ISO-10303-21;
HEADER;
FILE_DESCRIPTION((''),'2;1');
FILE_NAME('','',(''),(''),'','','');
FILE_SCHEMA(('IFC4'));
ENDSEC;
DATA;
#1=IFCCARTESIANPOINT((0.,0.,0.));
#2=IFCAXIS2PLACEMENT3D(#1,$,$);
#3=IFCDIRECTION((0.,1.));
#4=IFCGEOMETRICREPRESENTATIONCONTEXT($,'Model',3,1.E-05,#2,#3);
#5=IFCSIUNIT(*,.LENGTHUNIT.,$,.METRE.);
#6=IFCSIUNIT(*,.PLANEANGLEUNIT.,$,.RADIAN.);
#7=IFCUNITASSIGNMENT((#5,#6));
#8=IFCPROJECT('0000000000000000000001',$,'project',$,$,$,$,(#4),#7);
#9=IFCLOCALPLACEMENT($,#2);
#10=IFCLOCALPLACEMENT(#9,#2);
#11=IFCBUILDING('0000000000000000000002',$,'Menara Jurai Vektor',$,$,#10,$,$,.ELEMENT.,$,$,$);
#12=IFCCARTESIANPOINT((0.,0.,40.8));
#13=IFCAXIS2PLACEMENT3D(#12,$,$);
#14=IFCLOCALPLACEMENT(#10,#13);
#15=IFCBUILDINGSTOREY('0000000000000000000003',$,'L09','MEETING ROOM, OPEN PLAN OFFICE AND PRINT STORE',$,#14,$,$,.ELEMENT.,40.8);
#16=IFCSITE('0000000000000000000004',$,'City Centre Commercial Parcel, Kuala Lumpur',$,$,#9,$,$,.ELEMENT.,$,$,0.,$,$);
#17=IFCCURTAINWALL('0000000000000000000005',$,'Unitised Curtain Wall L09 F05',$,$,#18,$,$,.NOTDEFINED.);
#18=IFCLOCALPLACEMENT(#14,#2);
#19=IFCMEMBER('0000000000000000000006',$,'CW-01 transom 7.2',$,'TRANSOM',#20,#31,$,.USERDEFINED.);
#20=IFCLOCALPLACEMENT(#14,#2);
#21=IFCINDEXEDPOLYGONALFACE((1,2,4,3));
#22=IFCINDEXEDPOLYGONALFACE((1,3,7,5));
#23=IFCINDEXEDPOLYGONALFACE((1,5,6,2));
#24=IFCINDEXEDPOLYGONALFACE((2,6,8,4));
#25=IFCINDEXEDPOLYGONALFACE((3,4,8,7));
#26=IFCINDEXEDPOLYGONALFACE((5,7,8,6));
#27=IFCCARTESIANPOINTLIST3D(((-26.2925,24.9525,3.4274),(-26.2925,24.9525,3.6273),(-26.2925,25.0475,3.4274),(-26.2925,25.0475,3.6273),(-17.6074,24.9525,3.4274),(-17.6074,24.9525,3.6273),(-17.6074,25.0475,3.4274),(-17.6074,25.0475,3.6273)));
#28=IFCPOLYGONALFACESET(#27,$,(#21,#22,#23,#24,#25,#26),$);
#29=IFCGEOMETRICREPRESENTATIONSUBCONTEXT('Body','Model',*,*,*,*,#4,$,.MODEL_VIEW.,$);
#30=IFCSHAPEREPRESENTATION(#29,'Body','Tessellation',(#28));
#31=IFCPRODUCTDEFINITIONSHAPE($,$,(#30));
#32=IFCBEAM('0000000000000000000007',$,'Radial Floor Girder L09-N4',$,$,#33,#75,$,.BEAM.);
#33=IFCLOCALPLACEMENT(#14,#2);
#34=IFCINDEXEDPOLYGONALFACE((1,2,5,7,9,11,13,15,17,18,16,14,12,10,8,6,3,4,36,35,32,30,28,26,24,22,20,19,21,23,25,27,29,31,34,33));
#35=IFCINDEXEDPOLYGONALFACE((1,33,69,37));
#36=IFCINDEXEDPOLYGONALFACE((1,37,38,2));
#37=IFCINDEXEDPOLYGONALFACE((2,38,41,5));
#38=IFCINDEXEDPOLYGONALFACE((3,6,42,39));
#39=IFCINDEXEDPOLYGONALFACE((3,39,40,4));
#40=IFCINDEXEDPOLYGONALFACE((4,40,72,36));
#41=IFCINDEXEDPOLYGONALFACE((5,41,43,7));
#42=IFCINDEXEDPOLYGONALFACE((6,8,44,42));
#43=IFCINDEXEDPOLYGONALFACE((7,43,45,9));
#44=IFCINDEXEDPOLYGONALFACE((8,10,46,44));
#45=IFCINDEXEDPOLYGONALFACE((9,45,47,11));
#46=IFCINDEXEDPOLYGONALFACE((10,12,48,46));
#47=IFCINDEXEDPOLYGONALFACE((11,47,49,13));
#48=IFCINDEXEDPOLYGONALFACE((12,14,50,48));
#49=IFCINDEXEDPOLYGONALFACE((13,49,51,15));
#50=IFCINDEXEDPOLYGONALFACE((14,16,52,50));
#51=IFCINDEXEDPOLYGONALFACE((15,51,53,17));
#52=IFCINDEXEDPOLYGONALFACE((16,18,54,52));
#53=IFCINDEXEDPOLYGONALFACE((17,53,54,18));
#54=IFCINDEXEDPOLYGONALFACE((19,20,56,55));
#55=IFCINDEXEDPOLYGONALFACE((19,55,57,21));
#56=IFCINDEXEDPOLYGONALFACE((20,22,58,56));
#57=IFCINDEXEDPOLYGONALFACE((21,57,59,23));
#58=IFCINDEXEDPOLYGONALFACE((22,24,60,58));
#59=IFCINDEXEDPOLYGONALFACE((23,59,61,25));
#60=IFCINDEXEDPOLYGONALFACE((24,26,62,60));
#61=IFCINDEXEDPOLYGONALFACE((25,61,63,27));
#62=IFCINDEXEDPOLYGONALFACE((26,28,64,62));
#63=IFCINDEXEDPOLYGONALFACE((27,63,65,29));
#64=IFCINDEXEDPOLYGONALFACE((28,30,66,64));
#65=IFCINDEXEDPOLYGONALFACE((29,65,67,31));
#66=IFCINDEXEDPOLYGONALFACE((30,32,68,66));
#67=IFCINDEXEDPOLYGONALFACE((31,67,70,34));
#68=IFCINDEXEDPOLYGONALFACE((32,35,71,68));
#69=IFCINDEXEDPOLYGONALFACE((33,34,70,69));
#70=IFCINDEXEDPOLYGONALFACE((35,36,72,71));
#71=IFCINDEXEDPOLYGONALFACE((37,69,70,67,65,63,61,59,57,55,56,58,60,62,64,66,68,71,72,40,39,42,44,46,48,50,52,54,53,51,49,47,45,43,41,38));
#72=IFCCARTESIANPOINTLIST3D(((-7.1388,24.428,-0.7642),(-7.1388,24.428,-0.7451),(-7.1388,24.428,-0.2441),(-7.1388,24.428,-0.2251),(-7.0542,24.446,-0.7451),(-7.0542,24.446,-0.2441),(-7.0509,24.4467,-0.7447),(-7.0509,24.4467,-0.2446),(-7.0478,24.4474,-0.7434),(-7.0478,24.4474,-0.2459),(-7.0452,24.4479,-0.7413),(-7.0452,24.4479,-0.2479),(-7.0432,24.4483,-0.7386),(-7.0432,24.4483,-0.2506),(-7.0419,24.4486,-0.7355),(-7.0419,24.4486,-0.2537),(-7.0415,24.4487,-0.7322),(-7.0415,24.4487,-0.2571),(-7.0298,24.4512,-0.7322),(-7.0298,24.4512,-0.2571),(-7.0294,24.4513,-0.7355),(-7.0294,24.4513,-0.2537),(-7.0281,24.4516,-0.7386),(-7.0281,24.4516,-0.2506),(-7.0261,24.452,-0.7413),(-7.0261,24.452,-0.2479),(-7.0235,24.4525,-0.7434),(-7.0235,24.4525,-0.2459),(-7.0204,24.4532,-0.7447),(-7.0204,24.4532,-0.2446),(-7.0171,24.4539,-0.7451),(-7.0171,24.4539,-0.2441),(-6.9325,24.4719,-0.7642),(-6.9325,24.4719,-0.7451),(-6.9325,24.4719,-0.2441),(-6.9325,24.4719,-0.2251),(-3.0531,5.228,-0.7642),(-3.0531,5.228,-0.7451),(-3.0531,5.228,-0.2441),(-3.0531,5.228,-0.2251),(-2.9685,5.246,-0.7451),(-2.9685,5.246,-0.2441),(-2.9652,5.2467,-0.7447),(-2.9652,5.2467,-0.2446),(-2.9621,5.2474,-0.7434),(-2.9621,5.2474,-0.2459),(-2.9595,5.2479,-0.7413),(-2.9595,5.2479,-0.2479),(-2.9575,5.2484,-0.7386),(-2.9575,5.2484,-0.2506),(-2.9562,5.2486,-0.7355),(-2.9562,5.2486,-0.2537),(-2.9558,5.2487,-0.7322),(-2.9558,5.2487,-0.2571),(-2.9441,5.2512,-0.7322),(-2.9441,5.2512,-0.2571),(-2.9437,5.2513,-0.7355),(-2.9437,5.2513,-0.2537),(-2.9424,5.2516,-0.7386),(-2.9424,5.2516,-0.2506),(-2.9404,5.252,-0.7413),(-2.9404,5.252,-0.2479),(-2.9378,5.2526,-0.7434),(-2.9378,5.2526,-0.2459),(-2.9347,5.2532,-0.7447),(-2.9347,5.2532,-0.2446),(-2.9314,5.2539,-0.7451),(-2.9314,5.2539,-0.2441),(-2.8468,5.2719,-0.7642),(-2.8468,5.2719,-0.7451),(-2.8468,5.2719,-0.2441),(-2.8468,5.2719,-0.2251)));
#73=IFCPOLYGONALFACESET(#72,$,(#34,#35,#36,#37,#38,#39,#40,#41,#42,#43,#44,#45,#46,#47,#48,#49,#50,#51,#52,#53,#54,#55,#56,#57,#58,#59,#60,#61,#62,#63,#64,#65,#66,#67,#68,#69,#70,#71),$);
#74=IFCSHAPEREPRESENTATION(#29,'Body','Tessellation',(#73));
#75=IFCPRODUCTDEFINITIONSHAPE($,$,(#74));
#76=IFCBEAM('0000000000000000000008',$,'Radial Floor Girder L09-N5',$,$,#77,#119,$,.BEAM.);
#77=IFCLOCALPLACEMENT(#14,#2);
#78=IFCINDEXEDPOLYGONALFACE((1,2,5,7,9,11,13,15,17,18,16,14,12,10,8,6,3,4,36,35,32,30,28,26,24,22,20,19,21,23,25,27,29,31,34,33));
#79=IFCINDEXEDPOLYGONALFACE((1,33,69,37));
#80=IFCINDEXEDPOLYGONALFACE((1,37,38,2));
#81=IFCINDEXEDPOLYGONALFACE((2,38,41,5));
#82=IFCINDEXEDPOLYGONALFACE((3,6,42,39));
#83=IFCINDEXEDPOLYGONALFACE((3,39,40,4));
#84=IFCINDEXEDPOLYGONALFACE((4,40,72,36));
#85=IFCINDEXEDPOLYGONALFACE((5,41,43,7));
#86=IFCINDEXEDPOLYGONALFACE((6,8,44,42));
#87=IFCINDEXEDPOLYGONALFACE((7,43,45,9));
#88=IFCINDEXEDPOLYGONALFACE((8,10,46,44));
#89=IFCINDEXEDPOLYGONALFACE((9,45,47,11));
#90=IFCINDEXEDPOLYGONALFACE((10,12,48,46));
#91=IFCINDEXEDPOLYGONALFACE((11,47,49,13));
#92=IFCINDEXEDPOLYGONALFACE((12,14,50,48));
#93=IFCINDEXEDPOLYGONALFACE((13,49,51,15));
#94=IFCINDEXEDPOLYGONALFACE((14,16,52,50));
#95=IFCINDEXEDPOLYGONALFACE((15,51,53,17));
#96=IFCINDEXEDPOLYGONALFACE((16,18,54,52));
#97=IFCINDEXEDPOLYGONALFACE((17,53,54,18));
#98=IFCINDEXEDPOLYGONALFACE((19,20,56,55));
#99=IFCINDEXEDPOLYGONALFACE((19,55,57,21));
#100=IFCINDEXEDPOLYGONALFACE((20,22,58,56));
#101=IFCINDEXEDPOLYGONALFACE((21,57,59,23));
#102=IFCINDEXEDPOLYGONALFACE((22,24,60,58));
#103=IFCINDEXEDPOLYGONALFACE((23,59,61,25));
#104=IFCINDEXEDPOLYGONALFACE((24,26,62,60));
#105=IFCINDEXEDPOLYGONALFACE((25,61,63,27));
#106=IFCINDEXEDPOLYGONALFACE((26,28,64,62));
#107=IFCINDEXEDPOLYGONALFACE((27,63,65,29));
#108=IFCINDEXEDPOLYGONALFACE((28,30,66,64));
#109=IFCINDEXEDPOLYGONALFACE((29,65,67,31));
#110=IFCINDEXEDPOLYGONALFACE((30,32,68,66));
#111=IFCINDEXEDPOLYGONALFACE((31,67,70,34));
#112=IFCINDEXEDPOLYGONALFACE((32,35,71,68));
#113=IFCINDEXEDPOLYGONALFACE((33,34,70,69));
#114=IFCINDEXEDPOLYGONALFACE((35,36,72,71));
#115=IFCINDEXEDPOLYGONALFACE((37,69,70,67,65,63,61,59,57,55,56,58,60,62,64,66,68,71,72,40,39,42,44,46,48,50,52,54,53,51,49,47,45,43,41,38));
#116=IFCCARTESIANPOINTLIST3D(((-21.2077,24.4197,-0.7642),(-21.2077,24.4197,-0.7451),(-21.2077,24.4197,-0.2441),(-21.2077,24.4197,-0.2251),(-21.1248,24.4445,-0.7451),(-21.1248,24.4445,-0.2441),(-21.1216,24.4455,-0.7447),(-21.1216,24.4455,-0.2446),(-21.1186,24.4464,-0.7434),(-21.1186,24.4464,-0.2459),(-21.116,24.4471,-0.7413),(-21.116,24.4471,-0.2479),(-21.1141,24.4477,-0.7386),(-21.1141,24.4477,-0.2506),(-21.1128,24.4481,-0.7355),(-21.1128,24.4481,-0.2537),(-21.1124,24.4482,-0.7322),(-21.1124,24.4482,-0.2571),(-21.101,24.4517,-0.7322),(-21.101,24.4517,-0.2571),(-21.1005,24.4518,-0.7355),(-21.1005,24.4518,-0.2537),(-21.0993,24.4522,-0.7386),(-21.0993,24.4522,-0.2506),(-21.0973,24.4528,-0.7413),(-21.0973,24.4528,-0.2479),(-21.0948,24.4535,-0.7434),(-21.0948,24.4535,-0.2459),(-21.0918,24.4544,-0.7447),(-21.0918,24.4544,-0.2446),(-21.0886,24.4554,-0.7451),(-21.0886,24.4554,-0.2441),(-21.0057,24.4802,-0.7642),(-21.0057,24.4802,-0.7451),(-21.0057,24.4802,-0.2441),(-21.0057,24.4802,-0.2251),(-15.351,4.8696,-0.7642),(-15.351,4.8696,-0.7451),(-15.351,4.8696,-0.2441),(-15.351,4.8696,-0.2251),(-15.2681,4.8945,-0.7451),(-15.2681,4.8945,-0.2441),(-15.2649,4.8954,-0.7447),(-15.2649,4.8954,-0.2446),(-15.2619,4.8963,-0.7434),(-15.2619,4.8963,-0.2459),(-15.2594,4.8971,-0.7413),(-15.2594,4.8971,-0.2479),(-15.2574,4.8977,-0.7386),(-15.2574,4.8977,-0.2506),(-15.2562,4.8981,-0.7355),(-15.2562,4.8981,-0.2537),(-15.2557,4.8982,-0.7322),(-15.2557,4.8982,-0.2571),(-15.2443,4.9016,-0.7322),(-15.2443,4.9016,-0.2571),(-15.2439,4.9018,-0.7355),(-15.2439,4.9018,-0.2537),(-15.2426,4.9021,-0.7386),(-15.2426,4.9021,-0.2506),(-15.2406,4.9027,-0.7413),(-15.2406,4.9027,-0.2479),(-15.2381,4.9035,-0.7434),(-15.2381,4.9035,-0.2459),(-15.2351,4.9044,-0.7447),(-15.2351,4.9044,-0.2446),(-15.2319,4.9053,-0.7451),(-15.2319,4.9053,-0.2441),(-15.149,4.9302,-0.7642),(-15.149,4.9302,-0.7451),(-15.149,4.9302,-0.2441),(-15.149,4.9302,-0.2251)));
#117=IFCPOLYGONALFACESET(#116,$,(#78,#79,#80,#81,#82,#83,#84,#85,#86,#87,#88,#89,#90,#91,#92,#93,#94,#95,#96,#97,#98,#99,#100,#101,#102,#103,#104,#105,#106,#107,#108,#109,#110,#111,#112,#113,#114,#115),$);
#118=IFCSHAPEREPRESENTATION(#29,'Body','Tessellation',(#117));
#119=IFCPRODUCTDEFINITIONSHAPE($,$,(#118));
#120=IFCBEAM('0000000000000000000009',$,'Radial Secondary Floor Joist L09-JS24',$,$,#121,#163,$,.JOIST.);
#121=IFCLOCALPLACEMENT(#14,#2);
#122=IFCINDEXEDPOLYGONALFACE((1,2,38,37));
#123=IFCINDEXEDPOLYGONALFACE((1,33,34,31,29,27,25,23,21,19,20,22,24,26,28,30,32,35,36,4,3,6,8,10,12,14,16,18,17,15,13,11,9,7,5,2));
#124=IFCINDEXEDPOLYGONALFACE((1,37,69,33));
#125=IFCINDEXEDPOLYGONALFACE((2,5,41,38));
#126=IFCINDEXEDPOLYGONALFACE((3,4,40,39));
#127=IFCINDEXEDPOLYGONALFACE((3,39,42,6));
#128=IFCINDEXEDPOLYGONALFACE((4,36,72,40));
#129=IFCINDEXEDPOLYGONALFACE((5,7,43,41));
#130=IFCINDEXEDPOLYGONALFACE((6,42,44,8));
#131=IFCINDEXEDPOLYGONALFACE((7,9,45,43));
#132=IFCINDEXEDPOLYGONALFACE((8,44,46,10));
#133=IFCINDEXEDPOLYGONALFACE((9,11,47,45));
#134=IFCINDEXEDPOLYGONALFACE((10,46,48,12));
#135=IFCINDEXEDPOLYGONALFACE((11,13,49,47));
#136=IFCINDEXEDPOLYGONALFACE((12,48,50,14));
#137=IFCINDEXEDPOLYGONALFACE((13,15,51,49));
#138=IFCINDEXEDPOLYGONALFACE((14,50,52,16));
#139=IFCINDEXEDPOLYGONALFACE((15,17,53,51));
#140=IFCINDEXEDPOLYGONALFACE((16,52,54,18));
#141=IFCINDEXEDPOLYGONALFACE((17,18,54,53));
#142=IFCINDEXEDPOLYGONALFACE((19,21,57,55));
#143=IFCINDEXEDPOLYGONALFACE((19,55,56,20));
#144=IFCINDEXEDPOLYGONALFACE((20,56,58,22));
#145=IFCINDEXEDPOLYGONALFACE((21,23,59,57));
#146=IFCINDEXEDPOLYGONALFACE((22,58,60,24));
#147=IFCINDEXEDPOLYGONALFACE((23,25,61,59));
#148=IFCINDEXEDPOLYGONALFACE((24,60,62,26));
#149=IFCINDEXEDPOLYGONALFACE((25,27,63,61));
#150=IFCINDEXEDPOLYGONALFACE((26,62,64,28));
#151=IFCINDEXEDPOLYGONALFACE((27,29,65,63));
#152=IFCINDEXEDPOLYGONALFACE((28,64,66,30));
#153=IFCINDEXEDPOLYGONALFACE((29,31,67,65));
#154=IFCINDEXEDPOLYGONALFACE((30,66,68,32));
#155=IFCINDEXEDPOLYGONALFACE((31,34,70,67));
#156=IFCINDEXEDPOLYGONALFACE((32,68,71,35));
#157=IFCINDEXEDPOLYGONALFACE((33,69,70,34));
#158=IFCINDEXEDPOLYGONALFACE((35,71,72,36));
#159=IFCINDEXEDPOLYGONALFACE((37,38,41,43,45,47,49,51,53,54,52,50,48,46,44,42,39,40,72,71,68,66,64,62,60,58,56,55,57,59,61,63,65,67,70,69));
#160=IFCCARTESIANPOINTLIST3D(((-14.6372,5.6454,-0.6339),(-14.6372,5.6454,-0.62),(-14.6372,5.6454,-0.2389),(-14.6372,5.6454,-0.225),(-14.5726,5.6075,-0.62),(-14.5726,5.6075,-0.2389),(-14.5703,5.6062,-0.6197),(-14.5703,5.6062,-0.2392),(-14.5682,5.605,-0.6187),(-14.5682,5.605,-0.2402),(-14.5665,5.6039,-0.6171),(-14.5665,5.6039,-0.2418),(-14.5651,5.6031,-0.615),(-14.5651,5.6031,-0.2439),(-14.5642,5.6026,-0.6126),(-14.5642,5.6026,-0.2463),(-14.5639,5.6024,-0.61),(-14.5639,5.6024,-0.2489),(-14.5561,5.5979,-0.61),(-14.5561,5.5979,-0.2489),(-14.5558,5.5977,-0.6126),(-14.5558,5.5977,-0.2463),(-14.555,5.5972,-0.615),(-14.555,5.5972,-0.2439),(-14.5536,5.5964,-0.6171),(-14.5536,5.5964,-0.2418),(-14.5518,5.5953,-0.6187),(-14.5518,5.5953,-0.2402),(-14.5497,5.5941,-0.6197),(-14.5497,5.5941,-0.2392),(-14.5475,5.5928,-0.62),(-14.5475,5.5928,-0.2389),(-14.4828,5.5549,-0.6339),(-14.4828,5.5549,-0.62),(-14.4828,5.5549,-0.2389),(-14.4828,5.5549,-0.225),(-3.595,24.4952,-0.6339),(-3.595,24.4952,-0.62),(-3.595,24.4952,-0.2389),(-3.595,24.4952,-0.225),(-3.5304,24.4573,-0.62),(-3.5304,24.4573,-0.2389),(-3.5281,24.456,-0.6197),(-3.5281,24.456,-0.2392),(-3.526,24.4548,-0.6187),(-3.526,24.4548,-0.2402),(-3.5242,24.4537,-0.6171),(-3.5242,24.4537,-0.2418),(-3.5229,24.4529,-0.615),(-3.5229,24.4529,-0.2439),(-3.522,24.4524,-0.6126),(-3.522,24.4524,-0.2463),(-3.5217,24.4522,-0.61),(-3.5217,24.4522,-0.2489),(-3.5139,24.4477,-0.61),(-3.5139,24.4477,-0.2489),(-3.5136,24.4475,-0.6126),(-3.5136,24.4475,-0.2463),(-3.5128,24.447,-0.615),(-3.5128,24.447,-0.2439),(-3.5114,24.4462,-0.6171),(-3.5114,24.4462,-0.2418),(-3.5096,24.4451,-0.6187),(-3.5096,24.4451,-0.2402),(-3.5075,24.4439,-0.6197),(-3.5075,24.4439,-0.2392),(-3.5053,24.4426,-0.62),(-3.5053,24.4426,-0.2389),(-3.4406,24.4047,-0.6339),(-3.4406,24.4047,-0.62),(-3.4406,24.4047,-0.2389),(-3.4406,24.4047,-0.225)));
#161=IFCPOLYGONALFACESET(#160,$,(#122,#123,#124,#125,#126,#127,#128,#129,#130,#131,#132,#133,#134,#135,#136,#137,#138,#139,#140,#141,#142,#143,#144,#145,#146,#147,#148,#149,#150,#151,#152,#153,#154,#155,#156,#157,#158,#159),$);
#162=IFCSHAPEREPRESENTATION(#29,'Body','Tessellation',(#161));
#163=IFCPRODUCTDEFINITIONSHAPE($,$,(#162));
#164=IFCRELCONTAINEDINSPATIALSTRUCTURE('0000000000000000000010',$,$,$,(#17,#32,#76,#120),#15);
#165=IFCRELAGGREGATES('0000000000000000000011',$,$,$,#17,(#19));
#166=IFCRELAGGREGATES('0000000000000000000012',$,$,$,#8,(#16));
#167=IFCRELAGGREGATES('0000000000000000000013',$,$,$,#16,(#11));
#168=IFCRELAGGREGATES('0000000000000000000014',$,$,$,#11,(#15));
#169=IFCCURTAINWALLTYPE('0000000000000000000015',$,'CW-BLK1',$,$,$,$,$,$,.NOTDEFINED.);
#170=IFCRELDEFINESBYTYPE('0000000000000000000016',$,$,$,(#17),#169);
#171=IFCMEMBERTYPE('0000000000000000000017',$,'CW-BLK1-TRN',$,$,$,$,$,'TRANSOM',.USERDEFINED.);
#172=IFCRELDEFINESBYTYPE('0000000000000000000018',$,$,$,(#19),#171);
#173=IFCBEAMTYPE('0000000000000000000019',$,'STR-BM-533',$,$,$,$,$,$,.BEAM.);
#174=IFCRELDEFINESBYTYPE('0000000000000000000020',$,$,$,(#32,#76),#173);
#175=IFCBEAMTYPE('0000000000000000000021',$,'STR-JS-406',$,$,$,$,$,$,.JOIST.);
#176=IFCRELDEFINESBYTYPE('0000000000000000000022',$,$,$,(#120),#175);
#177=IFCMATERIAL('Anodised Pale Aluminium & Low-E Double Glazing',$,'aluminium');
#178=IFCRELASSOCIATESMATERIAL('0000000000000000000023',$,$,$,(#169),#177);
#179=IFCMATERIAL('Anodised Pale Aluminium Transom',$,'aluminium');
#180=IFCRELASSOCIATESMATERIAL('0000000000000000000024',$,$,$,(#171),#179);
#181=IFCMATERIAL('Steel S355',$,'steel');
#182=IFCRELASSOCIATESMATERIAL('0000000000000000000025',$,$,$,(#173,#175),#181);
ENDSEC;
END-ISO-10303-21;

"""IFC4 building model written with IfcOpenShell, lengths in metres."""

from ifc_helpers import new_model, si_unit, direction, frame, origin, origin_2d, place, context, subcontext, project, spatial, rectangle, i_section, extrude, material, material_profile, profile_set, type_object, element, aggregate, save


model = new_model("IFC4")

# Units and contexts
model_context = context("Model", 3, precision=1e-05, world=origin(), true_north=direction((0.0, 1.0)))
body_context = subcontext(model_context, "Body", "Model", "MODEL_VIEW")
ifc_project = project(units=[si_unit("LENGTHUNIT", "METRE"), si_unit("PLANEANGLEUNIT", "RADIAN")], contexts=[model_context])

# Site, building, storey
site_placement = place(None, origin())
site = spatial("IfcSite", under=ifc_project, at=site_placement, Name="City Centre Commercial Parcel, Kuala Lumpur", CompositionType="ELEMENT", RefElevation=0.0)
building_placement = place(site_placement, origin())
building = spatial("IfcBuilding", under=site, at=building_placement, Name="Menara Jurai Vektor", CompositionType="ELEMENT")
storey_placement = place(building_placement, frame((0.0, 0.0, 40.8)))
storey = spatial("IfcBuildingStorey", under=building, at=storey_placement, Name="L09", Description="MEETING ROOM, OPEN PLAN OFFICE AND PRINT STORE", CompositionType="ELEMENT", Elevation=40.8)

# Curtain wall, member
ifc_material_1 = material(Name="Anodised Pale Aluminium & Low-E Double Glazing", Category="aluminium")
curtain_wall_type = type_object("IfcCurtainWallType", Name="CW-BLK1", PredefinedType="NOTDEFINED", material=ifc_material_1)
curtain_wall_placement = place(storey_placement, origin())
curtain_wall = element("IfcCurtainWall", 1, at=curtain_wall_placement, inside=storey, type_object=curtain_wall_type, Name="Unitised Curtain Wall L09 F05", PredefinedType="NOTDEFINED")
ifc_material_2 = material(Name="Anodised Pale Aluminium Transom", Category="aluminium")
ifc_material_profile_1 = material_profile(ifc_material_2, rectangle(XDim=0.095, YDim=0.2, at=origin_2d()), Name="ALU TRN 95x200")
ifc_profile_set_1 = profile_set([ifc_material_profile_1], Name="Anodised Pale Aluminium Transom")
member_type_1 = type_object("IfcMemberType", Name="CW-BLK1-TRN", ElementType="TRANSOM", PredefinedType="USERDEFINED", material=ifc_profile_set_1)
member_1_placement = place(storey_placement, frame((-17.6074, 25.0, 3.5273), z_axis=(-1.0, 0.0, 0.0), x_axis=(0.0, -1.0, 0.0)))
member_1 = element("IfcMember", 2, at=member_1_placement, type_object=member_type_1, Name="CW-01 transom 7.2", ObjectType="TRANSOM", PredefinedType="USERDEFINED", context=body_context, shape_type="SweptSolid", body=[
    extrude(rectangle(XDim=0.095, YDim=0.2, at=origin_2d()), origin(), (0.0, 0.0, 1.0), 8.6851),
])

# Beams
ifc_material_3 = material(Name="Steel S355", Category="steel")
ifc_material_profile_2 = material_profile(ifc_material_3, i_section(OverallWidth=0.2109, OverallDepth=0.5391, WebThickness=0.012, FlangeThickness=0.019, FilletRadius=0.0129, at=origin_2d()), Name="UKB 533x210x109")
ifc_profile_set_2 = profile_set([ifc_material_profile_2], Name="Steel S355")
beam_type_1 = type_object("IfcBeamType", Name="STR-BM-533", PredefinedType="BEAM", material=ifc_profile_set_2)
beam_1_placement = place(storey_placement, frame((-7.0356, 24.45, -0.4946), z_axis=(0.208137, -0.9781, 0.0), x_axis=(0.9781, 0.208137, 0.0)))
element("IfcBeam", 3, at=beam_1_placement, inside=storey, type_object=beam_type_1, Name="Radial Floor Girder L09-N4", PredefinedType="BEAM", context=body_context, shape_type="SweptSolid", body=[
    extrude(i_section(OverallWidth=0.2109, OverallDepth=0.5391, WebThickness=0.012, FlangeThickness=0.019, FilletRadius=0.0129, at=origin_2d()), origin(), (0.0, 0.0, 1.0), 19.6299),
])
beam_2_placement = place(storey_placement, frame((-21.1067, 24.45, -0.4946), z_axis=(0.286974, -0.957938, 0.0), x_axis=(0.957938, 0.286974, 0.0)))
element("IfcBeam", 4, at=beam_2_placement, inside=storey, type_object=beam_type_1, Name="Radial Floor Girder L09-N5", PredefinedType="BEAM", context=body_context, shape_type="SweptSolid", body=[
    extrude(i_section(OverallWidth=0.2109, OverallDepth=0.5391, WebThickness=0.012, FlangeThickness=0.019, FilletRadius=0.0129, at=origin_2d()), origin(), (0.0, 0.0, 1.0), 20.4084),
])
ifc_material_profile_3 = material_profile(ifc_material_3, i_section(OverallWidth=0.179, OverallDepth=0.4089, WebThickness=0.009, FlangeThickness=0.0139, FilletRadius=0.01, at=origin_2d()), Name="UKB 406x178x67")
ifc_profile_set_3 = profile_set([ifc_material_profile_3], Name="Steel S355")
beam_type_2 = type_object("IfcBeamType", Name="STR-JS-406", PredefinedType="JOIST", material=ifc_profile_set_3)
beam_3_placement = place(storey_placement, frame((-3.5178, 24.45, -0.4294), z_axis=(-0.505458, -0.862851, 0.0), x_axis=(0.862851, -0.505458, 0.0)))
element("IfcBeam", 5, at=beam_3_placement, inside=storey, type_object=beam_type_2, Name="Radial Secondary Floor Joist L09-JS24", PredefinedType="JOIST", context=body_context, shape_type="SweptSolid", body=[
    extrude(i_section(OverallWidth=0.179, OverallDepth=0.4089, WebThickness=0.009, FlangeThickness=0.0139, FilletRadius=0.01, at=origin_2d()), origin(), (0.0, 0.0, 1.0), 21.8459),
])

aggregate(curtain_wall, [member_1])

save(model, "model.ifc")
